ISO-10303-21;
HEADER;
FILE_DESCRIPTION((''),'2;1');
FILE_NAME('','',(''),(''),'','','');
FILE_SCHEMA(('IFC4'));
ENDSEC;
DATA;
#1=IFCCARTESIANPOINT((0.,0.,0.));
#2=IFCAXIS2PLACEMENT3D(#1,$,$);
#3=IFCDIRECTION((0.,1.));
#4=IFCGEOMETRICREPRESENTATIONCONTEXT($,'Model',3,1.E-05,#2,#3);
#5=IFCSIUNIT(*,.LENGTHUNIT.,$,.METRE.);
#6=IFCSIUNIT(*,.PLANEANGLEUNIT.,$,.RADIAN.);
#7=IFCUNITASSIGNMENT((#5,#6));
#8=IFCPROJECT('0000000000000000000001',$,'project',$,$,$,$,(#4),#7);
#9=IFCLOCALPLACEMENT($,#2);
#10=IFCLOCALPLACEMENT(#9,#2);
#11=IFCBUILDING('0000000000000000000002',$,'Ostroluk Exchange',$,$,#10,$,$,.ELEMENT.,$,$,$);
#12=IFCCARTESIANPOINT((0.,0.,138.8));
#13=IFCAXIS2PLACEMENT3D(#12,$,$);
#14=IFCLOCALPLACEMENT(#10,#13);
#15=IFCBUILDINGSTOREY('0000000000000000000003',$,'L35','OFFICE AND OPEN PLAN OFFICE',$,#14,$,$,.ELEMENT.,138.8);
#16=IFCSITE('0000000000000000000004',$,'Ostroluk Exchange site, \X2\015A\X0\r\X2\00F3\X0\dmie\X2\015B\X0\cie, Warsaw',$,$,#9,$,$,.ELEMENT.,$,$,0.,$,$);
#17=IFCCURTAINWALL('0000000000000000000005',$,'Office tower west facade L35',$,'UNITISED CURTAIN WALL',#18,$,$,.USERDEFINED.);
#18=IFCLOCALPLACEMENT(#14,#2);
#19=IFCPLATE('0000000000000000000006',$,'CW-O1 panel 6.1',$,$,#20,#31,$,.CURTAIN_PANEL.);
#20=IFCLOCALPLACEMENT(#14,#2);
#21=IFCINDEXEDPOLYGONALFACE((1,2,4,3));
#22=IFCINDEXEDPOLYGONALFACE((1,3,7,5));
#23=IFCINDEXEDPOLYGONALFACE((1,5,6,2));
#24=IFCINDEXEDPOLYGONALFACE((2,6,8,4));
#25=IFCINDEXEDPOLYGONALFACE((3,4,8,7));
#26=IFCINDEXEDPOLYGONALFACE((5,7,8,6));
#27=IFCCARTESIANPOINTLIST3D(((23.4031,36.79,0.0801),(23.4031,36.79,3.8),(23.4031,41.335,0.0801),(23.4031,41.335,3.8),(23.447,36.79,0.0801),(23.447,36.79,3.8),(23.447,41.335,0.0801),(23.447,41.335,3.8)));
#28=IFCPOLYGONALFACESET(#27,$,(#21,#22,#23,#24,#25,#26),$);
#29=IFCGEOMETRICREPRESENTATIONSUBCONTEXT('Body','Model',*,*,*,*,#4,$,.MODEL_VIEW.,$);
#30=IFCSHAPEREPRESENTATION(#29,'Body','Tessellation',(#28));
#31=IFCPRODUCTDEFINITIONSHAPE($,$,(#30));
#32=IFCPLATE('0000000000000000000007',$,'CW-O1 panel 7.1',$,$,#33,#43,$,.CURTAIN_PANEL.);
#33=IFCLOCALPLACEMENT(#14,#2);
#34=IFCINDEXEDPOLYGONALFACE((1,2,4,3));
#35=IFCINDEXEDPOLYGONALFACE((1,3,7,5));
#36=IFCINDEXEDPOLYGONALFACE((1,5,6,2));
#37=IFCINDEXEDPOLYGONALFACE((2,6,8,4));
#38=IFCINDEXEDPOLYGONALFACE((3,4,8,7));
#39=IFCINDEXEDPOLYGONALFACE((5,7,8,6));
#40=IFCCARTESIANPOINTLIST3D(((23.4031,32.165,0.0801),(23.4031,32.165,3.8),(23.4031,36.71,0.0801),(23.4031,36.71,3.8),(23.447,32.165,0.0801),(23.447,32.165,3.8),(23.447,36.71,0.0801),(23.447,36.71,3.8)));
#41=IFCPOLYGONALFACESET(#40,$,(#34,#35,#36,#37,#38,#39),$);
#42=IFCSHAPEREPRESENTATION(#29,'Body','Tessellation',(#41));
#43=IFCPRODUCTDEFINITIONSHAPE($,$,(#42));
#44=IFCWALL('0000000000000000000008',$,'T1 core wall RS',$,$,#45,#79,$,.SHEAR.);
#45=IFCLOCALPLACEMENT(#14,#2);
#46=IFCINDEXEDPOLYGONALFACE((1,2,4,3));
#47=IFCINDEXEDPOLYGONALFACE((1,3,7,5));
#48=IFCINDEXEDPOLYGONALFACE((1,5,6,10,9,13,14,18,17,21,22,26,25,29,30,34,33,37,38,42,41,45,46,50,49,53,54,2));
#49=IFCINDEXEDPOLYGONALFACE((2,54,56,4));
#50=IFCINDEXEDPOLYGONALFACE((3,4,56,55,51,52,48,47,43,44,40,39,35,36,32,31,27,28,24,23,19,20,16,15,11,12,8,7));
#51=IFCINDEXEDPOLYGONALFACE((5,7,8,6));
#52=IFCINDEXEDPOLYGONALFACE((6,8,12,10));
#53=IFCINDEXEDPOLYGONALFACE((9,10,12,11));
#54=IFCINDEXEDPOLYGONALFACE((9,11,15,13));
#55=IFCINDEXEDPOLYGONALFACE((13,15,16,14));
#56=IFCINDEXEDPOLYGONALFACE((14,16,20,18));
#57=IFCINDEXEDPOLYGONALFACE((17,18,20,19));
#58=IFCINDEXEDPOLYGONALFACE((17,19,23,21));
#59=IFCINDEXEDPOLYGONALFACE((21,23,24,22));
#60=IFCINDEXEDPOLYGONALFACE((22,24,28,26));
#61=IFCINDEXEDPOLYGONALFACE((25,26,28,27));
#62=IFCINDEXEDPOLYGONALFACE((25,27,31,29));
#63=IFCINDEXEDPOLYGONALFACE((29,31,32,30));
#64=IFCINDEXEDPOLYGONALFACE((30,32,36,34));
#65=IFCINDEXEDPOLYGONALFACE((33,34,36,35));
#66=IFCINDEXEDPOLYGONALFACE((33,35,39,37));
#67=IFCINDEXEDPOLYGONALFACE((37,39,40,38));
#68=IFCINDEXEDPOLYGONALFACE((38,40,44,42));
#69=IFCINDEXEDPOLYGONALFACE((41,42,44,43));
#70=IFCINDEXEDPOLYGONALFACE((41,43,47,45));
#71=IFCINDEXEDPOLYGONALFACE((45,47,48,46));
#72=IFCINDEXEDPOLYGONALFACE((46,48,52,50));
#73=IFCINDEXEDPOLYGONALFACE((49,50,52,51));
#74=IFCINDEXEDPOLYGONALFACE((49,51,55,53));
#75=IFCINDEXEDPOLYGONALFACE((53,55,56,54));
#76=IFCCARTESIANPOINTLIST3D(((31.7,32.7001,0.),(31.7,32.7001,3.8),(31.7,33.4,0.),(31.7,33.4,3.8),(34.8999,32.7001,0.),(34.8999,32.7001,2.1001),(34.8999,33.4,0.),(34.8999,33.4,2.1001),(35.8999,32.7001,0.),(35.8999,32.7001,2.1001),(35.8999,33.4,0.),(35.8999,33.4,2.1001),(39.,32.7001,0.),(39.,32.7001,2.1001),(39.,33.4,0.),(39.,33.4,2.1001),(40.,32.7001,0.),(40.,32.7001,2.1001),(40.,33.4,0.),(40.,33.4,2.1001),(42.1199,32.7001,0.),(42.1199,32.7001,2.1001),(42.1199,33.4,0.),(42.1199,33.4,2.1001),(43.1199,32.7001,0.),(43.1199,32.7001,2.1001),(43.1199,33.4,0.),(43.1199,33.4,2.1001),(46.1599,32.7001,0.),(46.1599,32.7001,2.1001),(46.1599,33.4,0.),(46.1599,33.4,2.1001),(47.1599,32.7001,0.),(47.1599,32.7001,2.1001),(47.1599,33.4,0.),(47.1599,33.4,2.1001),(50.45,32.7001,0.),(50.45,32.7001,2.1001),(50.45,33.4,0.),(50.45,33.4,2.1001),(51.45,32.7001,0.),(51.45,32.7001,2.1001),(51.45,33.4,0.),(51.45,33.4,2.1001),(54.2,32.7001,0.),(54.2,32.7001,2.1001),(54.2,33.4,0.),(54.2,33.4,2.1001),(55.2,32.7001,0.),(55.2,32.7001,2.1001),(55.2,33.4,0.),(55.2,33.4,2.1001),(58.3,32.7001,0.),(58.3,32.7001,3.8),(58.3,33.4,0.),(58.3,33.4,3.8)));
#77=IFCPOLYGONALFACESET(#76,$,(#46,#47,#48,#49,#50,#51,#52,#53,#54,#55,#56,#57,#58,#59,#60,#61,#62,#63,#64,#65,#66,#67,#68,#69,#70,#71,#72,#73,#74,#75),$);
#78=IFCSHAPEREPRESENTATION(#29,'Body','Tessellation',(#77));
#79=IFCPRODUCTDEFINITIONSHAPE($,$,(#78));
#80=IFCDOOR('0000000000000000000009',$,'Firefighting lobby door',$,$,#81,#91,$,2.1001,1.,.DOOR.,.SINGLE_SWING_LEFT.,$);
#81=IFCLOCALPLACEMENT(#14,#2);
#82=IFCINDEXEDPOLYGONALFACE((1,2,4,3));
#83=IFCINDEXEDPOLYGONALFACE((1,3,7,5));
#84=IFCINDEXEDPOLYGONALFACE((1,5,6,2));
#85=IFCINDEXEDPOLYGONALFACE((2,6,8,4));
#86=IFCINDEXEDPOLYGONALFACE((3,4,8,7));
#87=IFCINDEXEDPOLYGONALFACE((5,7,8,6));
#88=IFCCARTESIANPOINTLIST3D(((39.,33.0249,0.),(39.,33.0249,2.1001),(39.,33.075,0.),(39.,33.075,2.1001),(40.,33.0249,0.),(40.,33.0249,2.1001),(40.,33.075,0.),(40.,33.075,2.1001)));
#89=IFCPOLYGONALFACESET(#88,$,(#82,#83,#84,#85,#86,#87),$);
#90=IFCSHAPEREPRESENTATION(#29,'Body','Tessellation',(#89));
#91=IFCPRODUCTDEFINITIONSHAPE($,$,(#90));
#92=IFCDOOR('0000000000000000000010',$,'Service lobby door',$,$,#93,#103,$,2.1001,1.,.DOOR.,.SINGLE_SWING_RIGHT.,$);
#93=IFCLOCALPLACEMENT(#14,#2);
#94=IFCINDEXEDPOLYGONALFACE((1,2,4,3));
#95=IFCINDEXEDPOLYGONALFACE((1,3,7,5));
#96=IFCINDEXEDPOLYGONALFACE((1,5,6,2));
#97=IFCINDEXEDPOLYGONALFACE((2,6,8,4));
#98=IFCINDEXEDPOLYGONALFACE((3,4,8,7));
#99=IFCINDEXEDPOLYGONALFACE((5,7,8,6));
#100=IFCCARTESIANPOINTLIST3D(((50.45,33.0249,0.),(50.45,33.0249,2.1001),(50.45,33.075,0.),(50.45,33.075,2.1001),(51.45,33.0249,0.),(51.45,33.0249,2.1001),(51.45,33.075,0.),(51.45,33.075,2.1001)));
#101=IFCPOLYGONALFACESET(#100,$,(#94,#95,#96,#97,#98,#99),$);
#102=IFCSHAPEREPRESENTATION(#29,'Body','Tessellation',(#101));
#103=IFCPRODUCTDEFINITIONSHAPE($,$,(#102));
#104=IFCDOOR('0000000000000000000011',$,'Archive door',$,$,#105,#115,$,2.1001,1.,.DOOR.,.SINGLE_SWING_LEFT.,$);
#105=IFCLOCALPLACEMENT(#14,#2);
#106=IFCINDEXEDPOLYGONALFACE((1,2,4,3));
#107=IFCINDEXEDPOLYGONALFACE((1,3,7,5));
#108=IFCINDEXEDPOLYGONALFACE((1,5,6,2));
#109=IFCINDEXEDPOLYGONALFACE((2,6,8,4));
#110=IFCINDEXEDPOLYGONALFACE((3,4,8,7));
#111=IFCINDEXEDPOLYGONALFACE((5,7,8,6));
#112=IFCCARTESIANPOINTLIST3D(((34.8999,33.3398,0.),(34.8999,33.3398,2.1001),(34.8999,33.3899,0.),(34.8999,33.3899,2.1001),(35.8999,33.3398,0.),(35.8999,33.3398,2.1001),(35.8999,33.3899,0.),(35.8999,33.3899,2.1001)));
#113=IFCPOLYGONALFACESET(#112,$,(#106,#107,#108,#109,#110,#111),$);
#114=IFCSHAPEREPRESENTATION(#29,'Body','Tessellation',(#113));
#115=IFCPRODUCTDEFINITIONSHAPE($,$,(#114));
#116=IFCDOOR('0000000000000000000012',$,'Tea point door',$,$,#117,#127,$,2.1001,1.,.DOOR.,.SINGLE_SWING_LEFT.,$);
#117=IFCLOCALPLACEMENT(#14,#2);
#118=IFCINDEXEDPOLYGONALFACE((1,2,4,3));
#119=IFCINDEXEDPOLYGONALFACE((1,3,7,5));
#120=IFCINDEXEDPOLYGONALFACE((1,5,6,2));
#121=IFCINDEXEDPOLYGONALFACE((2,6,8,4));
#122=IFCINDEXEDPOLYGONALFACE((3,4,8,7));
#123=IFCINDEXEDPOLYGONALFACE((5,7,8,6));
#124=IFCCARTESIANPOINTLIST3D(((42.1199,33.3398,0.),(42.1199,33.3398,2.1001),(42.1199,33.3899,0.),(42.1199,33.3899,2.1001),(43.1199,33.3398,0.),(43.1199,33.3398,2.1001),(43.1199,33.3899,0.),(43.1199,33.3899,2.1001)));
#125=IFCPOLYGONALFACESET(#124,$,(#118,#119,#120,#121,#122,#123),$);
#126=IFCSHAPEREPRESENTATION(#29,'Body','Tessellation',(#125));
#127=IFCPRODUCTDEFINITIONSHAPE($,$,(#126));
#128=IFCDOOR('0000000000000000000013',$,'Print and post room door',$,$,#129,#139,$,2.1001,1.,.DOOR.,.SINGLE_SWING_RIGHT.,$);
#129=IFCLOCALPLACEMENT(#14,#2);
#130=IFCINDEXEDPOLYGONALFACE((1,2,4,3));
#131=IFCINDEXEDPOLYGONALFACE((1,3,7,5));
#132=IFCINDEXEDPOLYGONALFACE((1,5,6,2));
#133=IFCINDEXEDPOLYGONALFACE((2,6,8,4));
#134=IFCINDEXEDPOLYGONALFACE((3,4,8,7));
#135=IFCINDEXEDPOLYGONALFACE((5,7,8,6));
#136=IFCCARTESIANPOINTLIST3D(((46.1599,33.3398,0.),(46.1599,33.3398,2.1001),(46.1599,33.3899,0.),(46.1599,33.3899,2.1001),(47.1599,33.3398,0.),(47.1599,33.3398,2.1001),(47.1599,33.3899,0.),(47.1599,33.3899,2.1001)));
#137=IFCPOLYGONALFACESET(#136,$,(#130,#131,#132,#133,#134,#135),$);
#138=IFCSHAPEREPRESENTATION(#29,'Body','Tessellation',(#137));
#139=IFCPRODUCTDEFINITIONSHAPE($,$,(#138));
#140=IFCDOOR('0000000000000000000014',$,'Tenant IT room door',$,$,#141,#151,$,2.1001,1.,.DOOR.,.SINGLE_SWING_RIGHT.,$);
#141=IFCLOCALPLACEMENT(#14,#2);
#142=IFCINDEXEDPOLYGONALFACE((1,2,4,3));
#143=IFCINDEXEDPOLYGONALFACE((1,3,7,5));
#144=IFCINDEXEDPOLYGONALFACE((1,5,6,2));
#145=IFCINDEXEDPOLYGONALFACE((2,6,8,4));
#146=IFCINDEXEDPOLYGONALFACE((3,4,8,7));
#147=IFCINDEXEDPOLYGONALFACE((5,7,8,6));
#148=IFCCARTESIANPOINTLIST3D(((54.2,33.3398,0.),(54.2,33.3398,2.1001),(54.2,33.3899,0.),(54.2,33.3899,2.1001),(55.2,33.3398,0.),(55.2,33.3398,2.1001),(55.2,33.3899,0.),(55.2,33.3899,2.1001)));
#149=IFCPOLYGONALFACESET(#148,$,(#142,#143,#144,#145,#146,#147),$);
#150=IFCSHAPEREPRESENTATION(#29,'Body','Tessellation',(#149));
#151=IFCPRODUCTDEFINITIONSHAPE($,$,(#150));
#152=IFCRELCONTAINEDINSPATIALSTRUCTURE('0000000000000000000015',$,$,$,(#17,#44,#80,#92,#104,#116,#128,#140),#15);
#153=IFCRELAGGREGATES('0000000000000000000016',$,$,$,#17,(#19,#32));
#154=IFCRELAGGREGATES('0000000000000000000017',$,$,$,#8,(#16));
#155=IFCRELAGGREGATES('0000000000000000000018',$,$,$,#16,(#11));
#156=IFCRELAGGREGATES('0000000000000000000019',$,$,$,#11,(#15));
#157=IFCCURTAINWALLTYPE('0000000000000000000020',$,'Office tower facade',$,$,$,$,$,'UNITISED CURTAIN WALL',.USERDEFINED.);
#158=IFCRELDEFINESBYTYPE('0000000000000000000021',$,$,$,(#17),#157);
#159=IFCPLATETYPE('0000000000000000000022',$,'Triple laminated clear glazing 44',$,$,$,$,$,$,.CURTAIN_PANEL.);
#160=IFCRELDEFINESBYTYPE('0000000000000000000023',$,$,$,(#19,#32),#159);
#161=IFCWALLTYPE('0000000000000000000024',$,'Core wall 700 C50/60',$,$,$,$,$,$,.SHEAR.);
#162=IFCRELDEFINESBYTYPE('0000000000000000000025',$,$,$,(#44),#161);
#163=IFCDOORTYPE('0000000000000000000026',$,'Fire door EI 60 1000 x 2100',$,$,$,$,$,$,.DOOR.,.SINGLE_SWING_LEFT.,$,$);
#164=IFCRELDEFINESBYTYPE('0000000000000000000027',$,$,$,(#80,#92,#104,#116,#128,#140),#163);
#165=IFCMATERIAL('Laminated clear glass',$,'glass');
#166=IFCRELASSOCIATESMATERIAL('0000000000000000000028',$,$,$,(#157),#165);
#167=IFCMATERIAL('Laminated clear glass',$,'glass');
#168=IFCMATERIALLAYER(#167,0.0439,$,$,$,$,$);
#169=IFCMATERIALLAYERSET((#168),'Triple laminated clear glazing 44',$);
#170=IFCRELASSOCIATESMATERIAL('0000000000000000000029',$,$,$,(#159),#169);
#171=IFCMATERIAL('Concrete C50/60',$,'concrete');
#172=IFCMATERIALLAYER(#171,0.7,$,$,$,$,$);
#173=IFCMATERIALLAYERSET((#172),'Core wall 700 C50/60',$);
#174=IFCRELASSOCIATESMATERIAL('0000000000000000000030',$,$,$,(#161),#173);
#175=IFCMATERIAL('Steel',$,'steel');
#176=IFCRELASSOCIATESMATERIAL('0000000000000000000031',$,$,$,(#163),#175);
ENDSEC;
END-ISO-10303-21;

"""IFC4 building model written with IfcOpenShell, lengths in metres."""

from ifc_helpers import new_model, si_unit, direction, frame, frame_2d, origin, origin_2d, place, context, subcontext, project, spatial, rectangle, extrude, material, layer, layer_set, type_object, element, fill, aggregate, save


model = new_model("IFC4")

# Units and contexts
model_context = context("Model", 3, precision=1e-05, world=origin(), true_north=direction((0.0, 1.0)))
body_context = subcontext(model_context, "Body", "Model", "MODEL_VIEW")
ifc_project = project(units=[si_unit("LENGTHUNIT", "METRE"), si_unit("PLANEANGLEUNIT", "RADIAN")], contexts=[model_context])

# Site, building, storey
site_placement = place(None, origin())
site = spatial("IfcSite", under=ifc_project, at=site_placement, Name="Ostroluk Exchange site, Śródmieście, Warsaw", CompositionType="ELEMENT", RefElevation=0.0)
building_placement = place(site_placement, origin())
building = spatial("IfcBuilding", under=site, at=building_placement, Name="Ostroluk Exchange", CompositionType="ELEMENT")
storey_placement = place(building_placement, frame((0.0, 0.0, 138.8)))
storey = spatial("IfcBuildingStorey", under=building, at=storey_placement, Name="L35", Description="OFFICE AND OPEN PLAN OFFICE", CompositionType="ELEMENT", Elevation=138.8)

# Curtain wall, plates
ifc_material_1 = material(Name="Laminated clear glass", Category="glass")
curtain_wall_type = type_object("IfcCurtainWallType", Name="Office tower facade", ElementType="UNITISED CURTAIN WALL", PredefinedType="USERDEFINED", material=ifc_material_1)
curtain_wall_placement = place(storey_placement, origin())
curtain_wall = element("IfcCurtainWall", 1, at=curtain_wall_placement, inside=storey, type_object=curtain_wall_type, Name="Office tower west facade L35", ObjectType="UNITISED CURTAIN WALL", PredefinedType="USERDEFINED")
ifc_material_2 = material(Name="Laminated clear glass", Category="glass")
ifc_layer_1 = layer(ifc_material_2, 0.0439)
ifc_layer_set_1 = layer_set([ifc_layer_1], Name="Triple laminated clear glazing 44")
plate_type = type_object("IfcPlateType", Name="Triple laminated clear glazing 44", PredefinedType="CURTAIN_PANEL", material=ifc_layer_set_1)
plate_1_placement = place(storey_placement, frame((23.425, 39.0625, 0.0801), z_axis=(0.0, 0.0, 1.0), x_axis=(0.0, -1.0, 0.0)))
plate_1 = element("IfcPlate", 2, at=plate_1_placement, type_object=plate_type, Name="CW-O1 panel 6.1", PredefinedType="CURTAIN_PANEL", context=body_context, shape_type="SweptSolid", body=[
    extrude(rectangle(XDim=4.5449, YDim=0.0439, at=origin_2d()), origin(), (0.0, 0.0, 1.0), 3.72),
])
plate_2_placement = place(storey_placement, frame((23.425, 34.4375, 0.0801), z_axis=(0.0, 0.0, 1.0), x_axis=(0.0, -1.0, 0.0)))
plate_2 = element("IfcPlate", 3, at=plate_2_placement, type_object=plate_type, Name="CW-O1 panel 7.1", PredefinedType="CURTAIN_PANEL", context=body_context, shape_type="SweptSolid", body=[
    extrude(rectangle(XDim=4.5449, YDim=0.0439, at=origin_2d()), origin(), (0.0, 0.0, 1.0), 3.72),
])
aggregate(curtain_wall, [plate_1, plate_2])

# Wall, openings, doors
ifc_material_3 = material(Name="Concrete C50/60", Category="concrete")
ifc_layer_2 = layer(ifc_material_3, 0.7)
ifc_layer_set_2 = layer_set([ifc_layer_2], Name="Core wall 700 C50/60")
wall_type_1 = type_object("IfcWallType", Name="Core wall 700 C50/60", PredefinedType="SHEAR", material=ifc_layer_set_2)
wall_1_placement = place(storey_placement, frame((31.7, 33.05, 0.0), z_axis=(0.0, 0.0, 1.0), x_axis=(1.0, 0.0, 0.0)))
wall_1 = element("IfcWall", 4, at=wall_1_placement, inside=storey, type_object=wall_type_1, Name="T1 core wall RS", PredefinedType="SHEAR", context=body_context, shape_type="SweptSolid", body=[
    extrude(rectangle(XDim=26.6001, YDim=0.7, at=frame_2d((13.3, 0.0))), origin(), (0.0, 0.0, 1.0), 3.8),
])
opening_1_placement = place(wall_1_placement, frame((7.3, 0.0, 0.0)))
opening_1 = element("IfcOpeningElement", 5, at=opening_1_placement, cuts=wall_1, PredefinedType="OPENING", context=body_context, shape_type="SweptSolid", body=[
    extrude(rectangle(XDim=1.0, YDim=2.1001, at=frame_2d((0.5, 1.05))), frame((0.0, 0.3599, 0.0), z_axis=(0.0, -1.0, 0.0), x_axis=(1.0, 0.0, 0.0)), (0.0, 0.0, 1.0), 0.72),
])
opening_2_placement = place(wall_1_placement, frame((18.75, 0.0, 0.0)))
opening_2 = element("IfcOpeningElement", 6, at=opening_2_placement, cuts=wall_1, PredefinedType="OPENING", context=body_context, shape_type="SweptSolid", body=[
    extrude(rectangle(XDim=1.0, YDim=2.1001, at=frame_2d((0.5, 1.05))), frame((0.0, 0.3599, 0.0), z_axis=(0.0, -1.0, 0.0), x_axis=(1.0, 0.0, 0.0)), (0.0, 0.0, 1.0), 0.72),
])
opening_3_placement = place(wall_1_placement, frame((3.2, 0.0, 0.0)))
opening_3 = element("IfcOpeningElement", 7, at=opening_3_placement, cuts=wall_1, PredefinedType="OPENING", context=body_context, shape_type="SweptSolid", body=[
    extrude(rectangle(XDim=1.0, YDim=2.1001, at=frame_2d((0.5, 1.05))), frame((0.0, 0.3599, 0.0), z_axis=(0.0, -1.0, 0.0), x_axis=(1.0, 0.0, 0.0)), (0.0, 0.0, 1.0), 0.72),
])
opening_4_placement = place(wall_1_placement, frame((10.4199, 0.0, 0.0)))
opening_4 = element("IfcOpeningElement", 8, at=opening_4_placement, cuts=wall_1, PredefinedType="OPENING", context=body_context, shape_type="SweptSolid", body=[
    extrude(rectangle(XDim=1.0, YDim=2.1001, at=frame_2d((0.5, 1.05))), frame((0.0, 0.3599, 0.0), z_axis=(0.0, -1.0, 0.0), x_axis=(1.0, 0.0, 0.0)), (0.0, 0.0, 1.0), 0.72),
])
opening_5_placement = place(wall_1_placement, frame((14.46, 0.0, 0.0)))
opening_5 = element("IfcOpeningElement", 9, at=opening_5_placement, cuts=wall_1, PredefinedType="OPENING", context=body_context, shape_type="SweptSolid", body=[
    extrude(rectangle(XDim=1.0, YDim=2.1001, at=frame_2d((0.5, 1.05))), frame((0.0, 0.3599, 0.0), z_axis=(0.0, -1.0, 0.0), x_axis=(1.0, 0.0, 0.0)), (0.0, 0.0, 1.0), 0.72),
])
opening_6_placement = place(wall_1_placement, frame((22.5, 0.0, 0.0)))
opening_6 = element("IfcOpeningElement", 10, at=opening_6_placement, cuts=wall_1, PredefinedType="OPENING", context=body_context, shape_type="SweptSolid", body=[
    extrude(rectangle(XDim=1.0, YDim=2.1001, at=frame_2d((0.5, 1.05))), frame((0.0, 0.3599, 0.0), z_axis=(0.0, -1.0, 0.0), x_axis=(1.0, 0.0, 0.0)), (0.0, 0.0, 1.0), 0.72),
])
ifc_material_4 = material(Name="Steel", Category="steel")
door_type_1 = type_object("IfcDoorType", Name="Fire door EI 60 1000 x 2100", OperationType="SINGLE_SWING_LEFT", PredefinedType="DOOR", material=ifc_material_4)
door_1_placement = place(opening_1_placement, origin())
door_1 = element("IfcDoor", 11, at=door_1_placement, inside=storey, type_object=door_type_1, Name="Firefighting lobby door", OperationType="SINGLE_SWING_LEFT", OverallHeight=2.1001, OverallWidth=1.0, PredefinedType="DOOR", context=body_context, shape_type="SweptSolid", body=[
    extrude(rectangle(XDim=1.0, YDim=2.1001, at=frame_2d((0.5, 1.05))), frame((0.0, 0.0249, 0.0), z_axis=(0.0, -1.0, 0.0), x_axis=(1.0, 0.0, 0.0)), (0.0, 0.0, 1.0), 0.05),
])
fill(opening_1, door_1)
door_2_placement = place(opening_2_placement, origin())
door_2 = element("IfcDoor", 12, at=door_2_placement, inside=storey, type_object=door_type_1, Name="Service lobby door", OperationType="SINGLE_SWING_RIGHT", OverallHeight=2.1001, OverallWidth=1.0, PredefinedType="DOOR", context=body_context, shape_type="SweptSolid", body=[
    extrude(rectangle(XDim=1.0, YDim=2.1001, at=frame_2d((0.5, 1.05))), frame((0.0, 0.0249, 0.0), z_axis=(0.0, -1.0, 0.0), x_axis=(1.0, 0.0, 0.0)), (0.0, 0.0, 1.0), 0.05),
])
fill(opening_2, door_2)
door_3_placement = place(opening_3_placement, origin())
door_3 = element("IfcDoor", 13, at=door_3_placement, inside=storey, type_object=door_type_1, Name="Archive door", OperationType="SINGLE_SWING_LEFT", OverallHeight=2.1001, OverallWidth=1.0, PredefinedType="DOOR", context=body_context, shape_type="SweptSolid", body=[
    extrude(rectangle(XDim=1.0, YDim=2.1001, at=frame_2d((0.5, 1.05))), frame((0.0, 0.3398, 0.0), z_axis=(0.0, -1.0, 0.0), x_axis=(1.0, 0.0, 0.0)), (0.0, 0.0, 1.0), 0.05),
])
fill(opening_3, door_3)
door_4_placement = place(opening_4_placement, origin())
door_4 = element("IfcDoor", 14, at=door_4_placement, inside=storey, type_object=door_type_1, Name="Tea point door", OperationType="SINGLE_SWING_LEFT", OverallHeight=2.1001, OverallWidth=1.0, PredefinedType="DOOR", context=body_context, shape_type="SweptSolid", body=[
    extrude(rectangle(XDim=1.0, YDim=2.1001, at=frame_2d((0.5, 1.05))), frame((0.0, 0.3398, 0.0), z_axis=(0.0, -1.0, 0.0), x_axis=(1.0, 0.0, 0.0)), (0.0, 0.0, 1.0), 0.05),
])
fill(opening_4, door_4)
door_5_placement = place(opening_5_placement, origin())
door_5 = element("IfcDoor", 15, at=door_5_placement, inside=storey, type_object=door_type_1, Name="Print and post room door", OperationType="SINGLE_SWING_RIGHT", OverallHeight=2.1001, OverallWidth=1.0, PredefinedType="DOOR", context=body_context, shape_type="SweptSolid", body=[
    extrude(rectangle(XDim=1.0, YDim=2.1001, at=frame_2d((0.5, 1.05))), frame((0.0, 0.3398, 0.0), z_axis=(0.0, -1.0, 0.0), x_axis=(1.0, 0.0, 0.0)), (0.0, 0.0, 1.0), 0.05),
])
fill(opening_5, door_5)
door_6_placement = place(opening_6_placement, origin())
door_6 = element("IfcDoor", 16, at=door_6_placement, inside=storey, type_object=door_type_1, Name="Tenant IT room door", OperationType="SINGLE_SWING_RIGHT", OverallHeight=2.1001, OverallWidth=1.0, PredefinedType="DOOR", context=body_context, shape_type="SweptSolid", body=[
    extrude(rectangle(XDim=1.0, YDim=2.1001, at=frame_2d((0.5, 1.05))), frame((0.0, 0.3398, 0.0), z_axis=(0.0, -1.0, 0.0), x_axis=(1.0, 0.0, 0.0)), (0.0, 0.0, 1.0), 0.05),
])
fill(opening_6, door_6)

save(model, "model.ifc")
